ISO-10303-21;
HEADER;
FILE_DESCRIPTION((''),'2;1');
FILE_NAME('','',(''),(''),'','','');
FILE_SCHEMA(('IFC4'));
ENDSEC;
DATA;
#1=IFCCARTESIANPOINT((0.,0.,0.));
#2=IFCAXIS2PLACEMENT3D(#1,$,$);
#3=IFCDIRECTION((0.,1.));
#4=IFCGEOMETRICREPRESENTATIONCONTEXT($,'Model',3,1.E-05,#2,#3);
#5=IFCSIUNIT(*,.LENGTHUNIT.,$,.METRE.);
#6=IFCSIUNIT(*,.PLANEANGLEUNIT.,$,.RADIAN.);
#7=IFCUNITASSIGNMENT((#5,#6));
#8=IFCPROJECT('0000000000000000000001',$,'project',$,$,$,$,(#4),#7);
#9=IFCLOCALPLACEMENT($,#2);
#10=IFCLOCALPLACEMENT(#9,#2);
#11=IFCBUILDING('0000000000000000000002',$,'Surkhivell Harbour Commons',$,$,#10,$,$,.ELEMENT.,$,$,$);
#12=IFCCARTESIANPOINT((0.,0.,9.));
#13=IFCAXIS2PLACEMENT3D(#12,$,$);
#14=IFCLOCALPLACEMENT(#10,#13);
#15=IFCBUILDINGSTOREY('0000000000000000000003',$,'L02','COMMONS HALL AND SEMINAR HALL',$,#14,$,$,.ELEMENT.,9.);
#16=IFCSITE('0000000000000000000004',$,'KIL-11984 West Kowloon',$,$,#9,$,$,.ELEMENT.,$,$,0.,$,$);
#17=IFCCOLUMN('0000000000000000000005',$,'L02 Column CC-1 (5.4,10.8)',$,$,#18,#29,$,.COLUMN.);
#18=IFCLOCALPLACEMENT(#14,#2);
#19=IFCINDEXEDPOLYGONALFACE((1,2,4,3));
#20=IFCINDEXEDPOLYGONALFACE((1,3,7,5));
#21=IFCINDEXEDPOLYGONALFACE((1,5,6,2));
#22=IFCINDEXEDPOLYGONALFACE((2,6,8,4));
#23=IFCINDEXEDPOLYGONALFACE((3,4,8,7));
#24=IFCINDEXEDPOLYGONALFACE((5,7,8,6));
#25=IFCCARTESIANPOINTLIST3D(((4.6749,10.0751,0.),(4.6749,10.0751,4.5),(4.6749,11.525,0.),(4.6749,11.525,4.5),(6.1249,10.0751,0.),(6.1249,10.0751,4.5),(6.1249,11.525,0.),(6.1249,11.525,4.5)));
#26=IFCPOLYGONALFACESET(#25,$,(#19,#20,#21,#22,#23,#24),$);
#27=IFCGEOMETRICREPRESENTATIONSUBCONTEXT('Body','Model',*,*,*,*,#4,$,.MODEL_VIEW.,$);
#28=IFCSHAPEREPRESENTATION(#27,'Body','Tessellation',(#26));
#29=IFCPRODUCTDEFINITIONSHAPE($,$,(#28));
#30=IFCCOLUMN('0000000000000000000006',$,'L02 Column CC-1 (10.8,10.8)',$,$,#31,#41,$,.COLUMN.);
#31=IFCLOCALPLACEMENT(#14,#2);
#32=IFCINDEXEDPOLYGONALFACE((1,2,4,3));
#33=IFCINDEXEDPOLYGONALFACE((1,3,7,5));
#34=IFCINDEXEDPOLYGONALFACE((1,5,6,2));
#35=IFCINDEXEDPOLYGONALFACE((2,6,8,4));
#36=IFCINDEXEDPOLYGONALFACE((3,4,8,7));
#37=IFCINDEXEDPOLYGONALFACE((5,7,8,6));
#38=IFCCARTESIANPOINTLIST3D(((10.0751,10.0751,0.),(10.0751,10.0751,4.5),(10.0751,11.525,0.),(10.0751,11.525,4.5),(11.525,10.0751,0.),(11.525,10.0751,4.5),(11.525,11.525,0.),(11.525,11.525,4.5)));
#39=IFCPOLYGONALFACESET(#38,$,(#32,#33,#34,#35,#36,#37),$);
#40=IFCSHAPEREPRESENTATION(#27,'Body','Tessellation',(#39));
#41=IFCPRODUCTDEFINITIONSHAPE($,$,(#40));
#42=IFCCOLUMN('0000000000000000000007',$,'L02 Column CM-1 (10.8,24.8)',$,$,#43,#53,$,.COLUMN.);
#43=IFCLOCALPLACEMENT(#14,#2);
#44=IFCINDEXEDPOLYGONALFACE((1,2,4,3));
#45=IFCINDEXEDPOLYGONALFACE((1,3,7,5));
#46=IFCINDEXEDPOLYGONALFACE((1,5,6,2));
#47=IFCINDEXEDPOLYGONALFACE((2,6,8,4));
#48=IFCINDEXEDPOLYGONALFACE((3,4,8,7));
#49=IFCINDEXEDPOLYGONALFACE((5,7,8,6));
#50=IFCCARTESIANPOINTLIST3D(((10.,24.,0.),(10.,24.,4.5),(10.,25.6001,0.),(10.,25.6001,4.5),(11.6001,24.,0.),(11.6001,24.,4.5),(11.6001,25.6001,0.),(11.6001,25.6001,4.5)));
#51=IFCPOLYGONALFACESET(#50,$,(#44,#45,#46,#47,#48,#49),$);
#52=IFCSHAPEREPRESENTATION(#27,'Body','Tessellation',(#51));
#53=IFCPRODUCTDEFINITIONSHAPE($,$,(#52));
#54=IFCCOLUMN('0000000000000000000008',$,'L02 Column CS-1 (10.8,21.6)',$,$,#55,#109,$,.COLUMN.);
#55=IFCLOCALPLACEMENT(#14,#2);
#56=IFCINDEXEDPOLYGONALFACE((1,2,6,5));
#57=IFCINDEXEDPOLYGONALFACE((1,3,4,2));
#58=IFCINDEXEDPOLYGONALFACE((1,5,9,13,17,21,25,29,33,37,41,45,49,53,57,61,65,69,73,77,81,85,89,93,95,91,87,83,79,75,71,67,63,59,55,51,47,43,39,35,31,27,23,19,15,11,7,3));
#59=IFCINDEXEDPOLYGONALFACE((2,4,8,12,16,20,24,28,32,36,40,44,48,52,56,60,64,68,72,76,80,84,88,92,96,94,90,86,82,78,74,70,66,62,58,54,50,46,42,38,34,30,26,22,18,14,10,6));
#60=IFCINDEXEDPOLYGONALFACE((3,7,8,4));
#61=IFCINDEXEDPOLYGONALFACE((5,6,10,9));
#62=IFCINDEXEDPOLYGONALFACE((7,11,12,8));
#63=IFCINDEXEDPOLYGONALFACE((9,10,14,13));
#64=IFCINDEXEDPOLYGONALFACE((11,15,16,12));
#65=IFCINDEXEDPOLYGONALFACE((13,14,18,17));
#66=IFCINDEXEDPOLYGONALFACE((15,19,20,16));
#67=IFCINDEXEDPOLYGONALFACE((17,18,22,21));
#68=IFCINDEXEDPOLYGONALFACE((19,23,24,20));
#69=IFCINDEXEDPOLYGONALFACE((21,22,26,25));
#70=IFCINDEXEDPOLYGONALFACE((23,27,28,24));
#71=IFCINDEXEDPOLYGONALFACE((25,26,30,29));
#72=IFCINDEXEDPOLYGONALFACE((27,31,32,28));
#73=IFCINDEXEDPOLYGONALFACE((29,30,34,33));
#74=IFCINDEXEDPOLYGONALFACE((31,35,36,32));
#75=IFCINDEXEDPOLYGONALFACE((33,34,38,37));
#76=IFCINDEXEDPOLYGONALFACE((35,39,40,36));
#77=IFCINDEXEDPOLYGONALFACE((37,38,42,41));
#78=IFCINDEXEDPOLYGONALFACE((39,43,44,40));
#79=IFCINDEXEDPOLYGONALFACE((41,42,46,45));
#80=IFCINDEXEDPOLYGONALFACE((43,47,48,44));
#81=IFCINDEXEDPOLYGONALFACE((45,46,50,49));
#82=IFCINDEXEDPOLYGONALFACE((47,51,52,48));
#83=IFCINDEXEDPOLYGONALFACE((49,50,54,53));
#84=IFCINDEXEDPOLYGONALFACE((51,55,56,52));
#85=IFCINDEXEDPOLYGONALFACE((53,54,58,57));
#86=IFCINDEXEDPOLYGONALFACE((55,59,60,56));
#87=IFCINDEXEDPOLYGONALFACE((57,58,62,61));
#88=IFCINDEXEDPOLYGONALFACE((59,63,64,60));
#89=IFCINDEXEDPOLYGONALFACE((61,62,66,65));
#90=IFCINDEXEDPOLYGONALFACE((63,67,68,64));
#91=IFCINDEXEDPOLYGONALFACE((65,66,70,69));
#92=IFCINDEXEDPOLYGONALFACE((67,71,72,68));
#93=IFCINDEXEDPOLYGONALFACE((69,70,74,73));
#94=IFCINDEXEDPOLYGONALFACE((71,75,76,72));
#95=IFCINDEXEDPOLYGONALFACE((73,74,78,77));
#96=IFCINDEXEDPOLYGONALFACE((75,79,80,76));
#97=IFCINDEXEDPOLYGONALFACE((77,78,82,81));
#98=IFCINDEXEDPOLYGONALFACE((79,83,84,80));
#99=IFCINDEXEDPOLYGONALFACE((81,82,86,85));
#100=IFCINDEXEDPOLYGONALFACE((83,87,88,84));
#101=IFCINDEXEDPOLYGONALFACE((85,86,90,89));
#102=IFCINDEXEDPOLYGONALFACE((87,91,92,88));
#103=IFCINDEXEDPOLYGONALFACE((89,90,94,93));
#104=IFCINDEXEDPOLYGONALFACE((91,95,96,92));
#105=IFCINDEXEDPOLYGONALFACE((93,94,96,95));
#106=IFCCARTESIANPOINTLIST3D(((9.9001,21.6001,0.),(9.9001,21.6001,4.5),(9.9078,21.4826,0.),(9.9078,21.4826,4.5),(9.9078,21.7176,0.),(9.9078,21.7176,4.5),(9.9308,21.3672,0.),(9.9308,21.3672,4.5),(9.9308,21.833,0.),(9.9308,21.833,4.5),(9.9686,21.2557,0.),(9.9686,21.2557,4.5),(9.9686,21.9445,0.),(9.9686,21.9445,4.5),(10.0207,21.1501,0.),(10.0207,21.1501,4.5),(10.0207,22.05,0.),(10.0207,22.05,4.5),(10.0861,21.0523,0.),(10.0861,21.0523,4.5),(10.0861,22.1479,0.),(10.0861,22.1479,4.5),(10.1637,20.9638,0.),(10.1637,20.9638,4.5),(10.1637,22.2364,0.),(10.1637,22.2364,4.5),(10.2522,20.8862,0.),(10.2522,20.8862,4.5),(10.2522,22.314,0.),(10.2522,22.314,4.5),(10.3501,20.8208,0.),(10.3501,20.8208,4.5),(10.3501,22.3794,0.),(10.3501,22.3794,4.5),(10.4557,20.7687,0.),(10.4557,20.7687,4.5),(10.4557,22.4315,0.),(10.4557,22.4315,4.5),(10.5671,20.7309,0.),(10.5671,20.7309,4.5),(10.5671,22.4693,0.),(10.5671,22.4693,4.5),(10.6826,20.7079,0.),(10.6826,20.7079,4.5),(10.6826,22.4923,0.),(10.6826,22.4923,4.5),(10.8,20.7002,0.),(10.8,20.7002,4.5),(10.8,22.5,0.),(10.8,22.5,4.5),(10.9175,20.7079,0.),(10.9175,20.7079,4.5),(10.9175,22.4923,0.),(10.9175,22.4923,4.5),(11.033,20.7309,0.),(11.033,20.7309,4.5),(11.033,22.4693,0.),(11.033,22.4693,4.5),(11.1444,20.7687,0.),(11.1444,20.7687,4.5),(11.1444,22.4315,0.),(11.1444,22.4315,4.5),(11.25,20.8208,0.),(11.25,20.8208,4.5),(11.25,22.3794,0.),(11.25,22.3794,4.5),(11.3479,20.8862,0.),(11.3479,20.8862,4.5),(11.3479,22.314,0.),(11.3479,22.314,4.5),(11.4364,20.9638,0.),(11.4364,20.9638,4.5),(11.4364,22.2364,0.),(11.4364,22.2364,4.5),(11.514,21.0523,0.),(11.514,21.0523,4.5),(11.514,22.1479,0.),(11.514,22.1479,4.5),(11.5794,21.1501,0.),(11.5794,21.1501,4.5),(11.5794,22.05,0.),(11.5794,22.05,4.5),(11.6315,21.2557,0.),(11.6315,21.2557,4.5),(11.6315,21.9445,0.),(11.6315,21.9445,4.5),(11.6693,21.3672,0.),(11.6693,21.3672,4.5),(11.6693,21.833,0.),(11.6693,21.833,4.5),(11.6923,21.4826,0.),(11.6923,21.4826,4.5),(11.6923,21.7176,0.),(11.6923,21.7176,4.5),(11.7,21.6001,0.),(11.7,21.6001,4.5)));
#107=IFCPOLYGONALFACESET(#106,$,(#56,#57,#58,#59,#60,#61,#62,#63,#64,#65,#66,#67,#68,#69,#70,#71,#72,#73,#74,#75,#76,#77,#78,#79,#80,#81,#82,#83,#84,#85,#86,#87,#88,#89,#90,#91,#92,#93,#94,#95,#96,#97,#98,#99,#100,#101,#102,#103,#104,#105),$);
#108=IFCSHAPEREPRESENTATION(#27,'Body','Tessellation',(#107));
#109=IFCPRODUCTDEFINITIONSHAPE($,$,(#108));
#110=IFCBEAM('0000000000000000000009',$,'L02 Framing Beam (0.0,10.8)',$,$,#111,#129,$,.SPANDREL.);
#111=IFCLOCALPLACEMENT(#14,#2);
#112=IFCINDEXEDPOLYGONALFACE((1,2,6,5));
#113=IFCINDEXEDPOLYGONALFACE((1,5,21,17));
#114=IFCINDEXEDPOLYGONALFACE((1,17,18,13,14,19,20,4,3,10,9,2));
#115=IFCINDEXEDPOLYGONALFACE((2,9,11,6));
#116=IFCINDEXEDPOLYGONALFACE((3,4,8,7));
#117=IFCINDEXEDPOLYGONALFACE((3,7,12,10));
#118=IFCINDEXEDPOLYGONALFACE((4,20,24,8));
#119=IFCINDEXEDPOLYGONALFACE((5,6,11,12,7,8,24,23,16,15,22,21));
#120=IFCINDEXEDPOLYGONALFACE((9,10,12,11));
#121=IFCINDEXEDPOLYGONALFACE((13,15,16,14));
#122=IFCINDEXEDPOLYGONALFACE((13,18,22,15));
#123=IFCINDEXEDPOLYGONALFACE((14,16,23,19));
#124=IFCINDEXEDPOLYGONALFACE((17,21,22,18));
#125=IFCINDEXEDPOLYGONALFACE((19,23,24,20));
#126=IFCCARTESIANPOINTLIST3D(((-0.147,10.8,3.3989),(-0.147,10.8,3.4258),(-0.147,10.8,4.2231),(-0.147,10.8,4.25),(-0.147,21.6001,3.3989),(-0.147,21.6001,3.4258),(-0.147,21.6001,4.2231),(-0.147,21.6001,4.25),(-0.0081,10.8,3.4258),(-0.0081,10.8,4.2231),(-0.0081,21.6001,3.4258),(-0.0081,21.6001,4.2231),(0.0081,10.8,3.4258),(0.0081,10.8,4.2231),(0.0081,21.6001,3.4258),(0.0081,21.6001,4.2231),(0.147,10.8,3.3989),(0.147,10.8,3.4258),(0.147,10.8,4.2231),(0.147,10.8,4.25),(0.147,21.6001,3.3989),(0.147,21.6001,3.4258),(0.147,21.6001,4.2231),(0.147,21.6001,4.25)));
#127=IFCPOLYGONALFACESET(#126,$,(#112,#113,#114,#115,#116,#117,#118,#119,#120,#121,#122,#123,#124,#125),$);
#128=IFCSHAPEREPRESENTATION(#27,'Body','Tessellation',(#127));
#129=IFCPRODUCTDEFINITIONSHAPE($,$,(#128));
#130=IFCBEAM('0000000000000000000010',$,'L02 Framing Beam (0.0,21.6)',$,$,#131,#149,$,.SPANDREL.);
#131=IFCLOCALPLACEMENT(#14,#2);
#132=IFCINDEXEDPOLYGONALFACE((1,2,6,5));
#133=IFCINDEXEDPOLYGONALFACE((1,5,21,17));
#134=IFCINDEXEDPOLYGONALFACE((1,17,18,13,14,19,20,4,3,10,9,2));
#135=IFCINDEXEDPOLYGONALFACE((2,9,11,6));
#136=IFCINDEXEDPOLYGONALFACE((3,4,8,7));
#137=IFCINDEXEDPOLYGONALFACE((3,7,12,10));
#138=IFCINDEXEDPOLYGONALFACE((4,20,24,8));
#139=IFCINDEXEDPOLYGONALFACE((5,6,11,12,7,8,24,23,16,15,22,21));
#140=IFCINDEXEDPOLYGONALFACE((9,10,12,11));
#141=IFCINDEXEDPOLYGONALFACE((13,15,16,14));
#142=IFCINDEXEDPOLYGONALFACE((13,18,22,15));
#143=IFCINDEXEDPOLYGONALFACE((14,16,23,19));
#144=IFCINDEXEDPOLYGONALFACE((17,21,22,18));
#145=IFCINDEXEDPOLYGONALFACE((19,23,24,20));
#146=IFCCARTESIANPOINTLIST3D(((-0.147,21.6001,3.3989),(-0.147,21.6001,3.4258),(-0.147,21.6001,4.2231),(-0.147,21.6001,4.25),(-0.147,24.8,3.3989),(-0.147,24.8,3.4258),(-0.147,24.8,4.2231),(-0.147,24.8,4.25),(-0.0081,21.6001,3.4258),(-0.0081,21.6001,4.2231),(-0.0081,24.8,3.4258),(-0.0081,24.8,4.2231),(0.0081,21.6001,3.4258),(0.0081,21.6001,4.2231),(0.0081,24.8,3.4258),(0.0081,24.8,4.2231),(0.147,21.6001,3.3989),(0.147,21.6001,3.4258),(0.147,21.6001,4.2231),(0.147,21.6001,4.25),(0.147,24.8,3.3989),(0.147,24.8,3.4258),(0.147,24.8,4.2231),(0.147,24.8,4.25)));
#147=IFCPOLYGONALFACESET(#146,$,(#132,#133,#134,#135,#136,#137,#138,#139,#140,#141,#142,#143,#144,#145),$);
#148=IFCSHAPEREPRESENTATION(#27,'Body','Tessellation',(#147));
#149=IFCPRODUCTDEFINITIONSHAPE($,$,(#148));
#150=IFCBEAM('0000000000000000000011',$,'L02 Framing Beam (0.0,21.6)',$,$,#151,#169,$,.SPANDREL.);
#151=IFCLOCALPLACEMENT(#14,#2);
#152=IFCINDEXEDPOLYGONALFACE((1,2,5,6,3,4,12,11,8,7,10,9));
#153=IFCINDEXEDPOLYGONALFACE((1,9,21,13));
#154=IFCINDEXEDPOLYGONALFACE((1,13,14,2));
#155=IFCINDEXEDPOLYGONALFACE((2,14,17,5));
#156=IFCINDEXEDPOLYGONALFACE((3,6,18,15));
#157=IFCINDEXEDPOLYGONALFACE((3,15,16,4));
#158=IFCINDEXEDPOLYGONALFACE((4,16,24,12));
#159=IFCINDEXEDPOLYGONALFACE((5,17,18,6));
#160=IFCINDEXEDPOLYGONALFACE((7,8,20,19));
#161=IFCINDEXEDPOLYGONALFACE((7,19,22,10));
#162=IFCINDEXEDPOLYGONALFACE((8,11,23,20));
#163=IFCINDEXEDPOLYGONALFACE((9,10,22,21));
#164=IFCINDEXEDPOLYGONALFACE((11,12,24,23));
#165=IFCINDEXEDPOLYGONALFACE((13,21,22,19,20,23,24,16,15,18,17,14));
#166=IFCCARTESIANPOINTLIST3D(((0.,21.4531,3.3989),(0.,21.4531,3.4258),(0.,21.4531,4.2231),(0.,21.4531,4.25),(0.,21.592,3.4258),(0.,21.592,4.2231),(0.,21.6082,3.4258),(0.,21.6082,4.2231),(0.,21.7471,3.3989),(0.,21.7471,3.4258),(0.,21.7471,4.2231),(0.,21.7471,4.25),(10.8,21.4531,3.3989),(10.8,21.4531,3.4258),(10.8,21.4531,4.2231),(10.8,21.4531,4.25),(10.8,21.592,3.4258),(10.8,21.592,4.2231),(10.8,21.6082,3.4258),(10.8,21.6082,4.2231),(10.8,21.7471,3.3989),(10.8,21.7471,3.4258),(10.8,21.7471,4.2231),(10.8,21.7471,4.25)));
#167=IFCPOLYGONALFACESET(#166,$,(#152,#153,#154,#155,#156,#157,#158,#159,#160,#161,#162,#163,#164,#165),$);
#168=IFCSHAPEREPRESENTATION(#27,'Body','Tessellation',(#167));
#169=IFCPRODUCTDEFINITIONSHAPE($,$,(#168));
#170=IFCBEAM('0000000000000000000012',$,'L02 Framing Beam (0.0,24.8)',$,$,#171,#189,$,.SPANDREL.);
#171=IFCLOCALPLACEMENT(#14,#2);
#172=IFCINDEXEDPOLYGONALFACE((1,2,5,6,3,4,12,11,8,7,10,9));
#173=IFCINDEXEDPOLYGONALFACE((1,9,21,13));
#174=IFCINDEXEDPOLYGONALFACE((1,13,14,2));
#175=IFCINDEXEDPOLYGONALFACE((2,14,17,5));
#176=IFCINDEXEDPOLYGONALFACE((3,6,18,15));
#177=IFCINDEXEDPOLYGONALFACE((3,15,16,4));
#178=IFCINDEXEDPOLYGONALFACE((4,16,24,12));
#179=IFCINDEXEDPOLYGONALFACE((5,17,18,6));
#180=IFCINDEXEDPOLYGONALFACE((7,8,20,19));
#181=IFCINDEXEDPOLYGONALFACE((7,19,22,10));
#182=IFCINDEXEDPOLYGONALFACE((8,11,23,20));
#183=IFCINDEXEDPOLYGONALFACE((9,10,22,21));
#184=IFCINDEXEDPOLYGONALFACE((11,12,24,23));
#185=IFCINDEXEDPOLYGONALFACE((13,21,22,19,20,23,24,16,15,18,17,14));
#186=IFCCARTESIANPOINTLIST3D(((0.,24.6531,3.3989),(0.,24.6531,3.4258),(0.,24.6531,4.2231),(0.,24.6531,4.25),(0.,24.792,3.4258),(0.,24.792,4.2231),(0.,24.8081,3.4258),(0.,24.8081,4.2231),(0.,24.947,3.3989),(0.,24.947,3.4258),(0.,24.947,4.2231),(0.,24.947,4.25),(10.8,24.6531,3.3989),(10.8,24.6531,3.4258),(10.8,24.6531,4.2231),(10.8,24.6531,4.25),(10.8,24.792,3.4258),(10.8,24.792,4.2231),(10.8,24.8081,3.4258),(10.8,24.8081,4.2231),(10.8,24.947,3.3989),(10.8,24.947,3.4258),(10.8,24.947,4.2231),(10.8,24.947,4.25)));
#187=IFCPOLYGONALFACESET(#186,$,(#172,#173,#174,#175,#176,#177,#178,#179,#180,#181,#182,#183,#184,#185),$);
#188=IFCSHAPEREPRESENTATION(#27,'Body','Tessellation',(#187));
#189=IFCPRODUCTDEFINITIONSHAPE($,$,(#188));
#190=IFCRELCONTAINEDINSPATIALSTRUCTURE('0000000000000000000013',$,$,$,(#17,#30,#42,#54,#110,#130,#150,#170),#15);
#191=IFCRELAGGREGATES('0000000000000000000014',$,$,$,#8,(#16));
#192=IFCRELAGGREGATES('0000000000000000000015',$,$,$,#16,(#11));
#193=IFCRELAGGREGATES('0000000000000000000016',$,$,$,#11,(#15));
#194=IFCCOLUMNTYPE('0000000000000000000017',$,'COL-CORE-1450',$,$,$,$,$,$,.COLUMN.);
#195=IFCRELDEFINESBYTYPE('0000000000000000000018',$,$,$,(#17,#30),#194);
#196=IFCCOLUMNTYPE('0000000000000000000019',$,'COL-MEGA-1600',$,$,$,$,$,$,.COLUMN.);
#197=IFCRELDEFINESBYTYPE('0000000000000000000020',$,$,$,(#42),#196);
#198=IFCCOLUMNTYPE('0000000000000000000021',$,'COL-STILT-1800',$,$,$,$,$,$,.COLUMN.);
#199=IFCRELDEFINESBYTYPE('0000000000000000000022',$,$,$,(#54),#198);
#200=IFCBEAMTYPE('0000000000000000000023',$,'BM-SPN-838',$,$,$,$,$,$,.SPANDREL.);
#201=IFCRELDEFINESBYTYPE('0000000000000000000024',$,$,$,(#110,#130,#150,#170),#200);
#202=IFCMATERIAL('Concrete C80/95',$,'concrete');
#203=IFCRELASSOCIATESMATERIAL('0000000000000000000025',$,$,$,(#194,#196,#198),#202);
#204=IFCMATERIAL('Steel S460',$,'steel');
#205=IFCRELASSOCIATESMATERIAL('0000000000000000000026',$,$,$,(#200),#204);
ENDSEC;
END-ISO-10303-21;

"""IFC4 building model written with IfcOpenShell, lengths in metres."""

from ifc_helpers import new_model, si_unit, direction, frame, origin, origin_2d, place, context, subcontext, project, spatial, rectangle, circle, i_section, extrude, material, material_profile, profile_set, type_object, element, save


model = new_model("IFC4")

# Units and contexts
model_context = context("Model", 3, precision=1e-05, world=origin(), true_north=direction((0.0, 1.0)))
body_context = subcontext(model_context, "Body", "Model", "MODEL_VIEW")
ifc_project = project(units=[si_unit("LENGTHUNIT", "METRE"), si_unit("PLANEANGLEUNIT", "RADIAN")], contexts=[model_context])

# Site, building, storey
site_placement = place(None, origin())
site = spatial("IfcSite", under=ifc_project, at=site_placement, Name="KIL-11984 West Kowloon", CompositionType="ELEMENT", RefElevation=0.0)
building_placement = place(site_placement, origin())
building = spatial("IfcBuilding", under=site, at=building_placement, Name="Surkhivell Harbour Commons", CompositionType="ELEMENT")
storey_placement = place(building_placement, frame((0.0, 0.0, 9.0)))
storey = spatial("IfcBuildingStorey", under=building, at=storey_placement, Name="L02", Description="COMMONS HALL AND SEMINAR HALL", CompositionType="ELEMENT", Elevation=9.0)

# Columns
ifc_material_1 = material(Name="Concrete C80/95", Category="concrete")
ifc_material_profile_1 = material_profile(ifc_material_1, rectangle(XDim=1.45, YDim=1.45, at=origin_2d()), Name="RC-COL-1450x1450")
ifc_profile_set_1 = profile_set([ifc_material_profile_1], Name="Concrete C80/95")
column_type_1 = type_object("IfcColumnType", Name="COL-CORE-1450", PredefinedType="COLUMN", material=ifc_profile_set_1)
for number, where, z_axis, x_axis, name in (
    (1, (5.3999, 10.8, 0.0), (0.0, 0.0, 1.0), (1.0, 0.0, 0.0), "L02 Column CC-1 (5.4,10.8)"),
    (2, (10.8, 10.8, 0.0), (0.0, 0.0, 1.0), (1.0, 0.0, 0.0), "L02 Column CC-1 (10.8,10.8)"),
):
    element("IfcColumn", number, at=place(storey_placement, frame(where, z_axis=z_axis, x_axis=x_axis)), inside=storey, type_object=column_type_1, Name=name, PredefinedType="COLUMN", context=body_context, shape_type="SweptSolid", body=[
        extrude(rectangle(XDim=1.45, YDim=1.45, at=origin_2d()), origin(), (0.0, 0.0, 1.0), 4.5),
    ])
ifc_material_profile_2 = material_profile(ifc_material_1, rectangle(XDim=1.6001, YDim=1.6001, at=origin_2d()), Name="RC-COL-1600x1600")
ifc_profile_set_2 = profile_set([ifc_material_profile_2], Name="Concrete C80/95")
column_type_2 = type_object("IfcColumnType", Name="COL-MEGA-1600", PredefinedType="COLUMN", material=ifc_profile_set_2)
column_1_placement = place(storey_placement, frame((10.8, 24.8, 0.0), z_axis=(0.0, 0.0, 1.0), x_axis=(1.0, 0.0, 0.0)))
element("IfcColumn", 3, at=column_1_placement, inside=storey, type_object=column_type_2, Name="L02 Column CM-1 (10.8,24.8)", PredefinedType="COLUMN", context=body_context, shape_type="SweptSolid", body=[
    extrude(rectangle(XDim=1.6001, YDim=1.6001, at=origin_2d()), origin(), (0.0, 0.0, 1.0), 4.5),
])
ifc_material_profile_3 = material_profile(ifc_material_1, circle(Radius=0.8999, at=origin_2d()), Name="RC-CIRC-1800")
ifc_profile_set_3 = profile_set([ifc_material_profile_3], Name="Concrete C80/95")
column_type_3 = type_object("IfcColumnType", Name="COL-STILT-1800", PredefinedType="COLUMN", material=ifc_profile_set_3)
column_2_placement = place(storey_placement, frame((10.8, 21.6001, 0.0), z_axis=(0.0, 0.0, 1.0), x_axis=(1.0, 0.0, 0.0)))
element("IfcColumn", 4, at=column_2_placement, inside=storey, type_object=column_type_3, Name="L02 Column CS-1 (10.8,21.6)", PredefinedType="COLUMN", context=body_context, shape_type="SweptSolid", body=[
    extrude(circle(Radius=0.8999, at=origin_2d()), origin(), (0.0, 0.0, 1.0), 4.5),
])

# Beams
ifc_material_2 = material(Name="Steel S460", Category="steel")
ifc_material_profile_4 = material_profile(ifc_material_2, i_section(OverallWidth=0.2939, OverallDepth=0.8511, WebThickness=0.0161, FlangeThickness=0.0269, at=origin_2d()), Name="UB838x292x226")
ifc_profile_set_4 = profile_set([ifc_material_profile_4], Name="Steel S460")
beam_type = type_object("IfcBeamType", Name="BM-SPN-838", PredefinedType="SPANDREL", material=ifc_profile_set_4)
beam_1_placement = place(storey_placement, frame((0.0, 10.8, 3.8245), z_axis=(0.0, 1.0, 0.0), x_axis=(-1.0, 0.0, 0.0)))
element("IfcBeam", 5, at=beam_1_placement, inside=storey, type_object=beam_type, Name="L02 Framing Beam (0.0,10.8)", PredefinedType="SPANDREL", context=body_context, shape_type="SweptSolid", body=[
    extrude(i_section(OverallWidth=0.2939, OverallDepth=0.8511, WebThickness=0.0161, FlangeThickness=0.0269, at=origin_2d()), origin(), (0.0, 0.0, 1.0), 10.8),
])
beam_2_placement = place(storey_placement, frame((0.0, 21.6001, 3.8245), z_axis=(0.0, 1.0, 0.0), x_axis=(-1.0, 0.0, 0.0)))
element("IfcBeam", 6, at=beam_2_placement, inside=storey, type_object=beam_type, Name="L02 Framing Beam (0.0,21.6)", PredefinedType="SPANDREL", context=body_context, shape_type="SweptSolid", body=[
    extrude(i_section(OverallWidth=0.2939, OverallDepth=0.8511, WebThickness=0.0161, FlangeThickness=0.0269, at=origin_2d()), origin(), (0.0, 0.0, 1.0), 3.2),
])
for number, where, z_axis, x_axis, name in (
    (7, (0.0, 21.6001, 3.8245), (1.0, 0.0, 0.0), (0.0, 1.0, 0.0), "L02 Framing Beam (0.0,21.6)"),
    (8, (0.0, 24.8, 3.8245), (1.0, 0.0, 0.0), (0.0, 1.0, 0.0), "L02 Framing Beam (0.0,24.8)"),
):
    element("IfcBeam", number, at=place(storey_placement, frame(where, z_axis=z_axis, x_axis=x_axis)), inside=storey, type_object=beam_type, Name=name, PredefinedType="SPANDREL", context=body_context, shape_type="SweptSolid", body=[
        extrude(i_section(OverallWidth=0.2939, OverallDepth=0.8511, WebThickness=0.0161, FlangeThickness=0.0269, at=origin_2d()), origin(), (0.0, 0.0, 1.0), 10.8),
    ])

save(model, "model.ifc")
